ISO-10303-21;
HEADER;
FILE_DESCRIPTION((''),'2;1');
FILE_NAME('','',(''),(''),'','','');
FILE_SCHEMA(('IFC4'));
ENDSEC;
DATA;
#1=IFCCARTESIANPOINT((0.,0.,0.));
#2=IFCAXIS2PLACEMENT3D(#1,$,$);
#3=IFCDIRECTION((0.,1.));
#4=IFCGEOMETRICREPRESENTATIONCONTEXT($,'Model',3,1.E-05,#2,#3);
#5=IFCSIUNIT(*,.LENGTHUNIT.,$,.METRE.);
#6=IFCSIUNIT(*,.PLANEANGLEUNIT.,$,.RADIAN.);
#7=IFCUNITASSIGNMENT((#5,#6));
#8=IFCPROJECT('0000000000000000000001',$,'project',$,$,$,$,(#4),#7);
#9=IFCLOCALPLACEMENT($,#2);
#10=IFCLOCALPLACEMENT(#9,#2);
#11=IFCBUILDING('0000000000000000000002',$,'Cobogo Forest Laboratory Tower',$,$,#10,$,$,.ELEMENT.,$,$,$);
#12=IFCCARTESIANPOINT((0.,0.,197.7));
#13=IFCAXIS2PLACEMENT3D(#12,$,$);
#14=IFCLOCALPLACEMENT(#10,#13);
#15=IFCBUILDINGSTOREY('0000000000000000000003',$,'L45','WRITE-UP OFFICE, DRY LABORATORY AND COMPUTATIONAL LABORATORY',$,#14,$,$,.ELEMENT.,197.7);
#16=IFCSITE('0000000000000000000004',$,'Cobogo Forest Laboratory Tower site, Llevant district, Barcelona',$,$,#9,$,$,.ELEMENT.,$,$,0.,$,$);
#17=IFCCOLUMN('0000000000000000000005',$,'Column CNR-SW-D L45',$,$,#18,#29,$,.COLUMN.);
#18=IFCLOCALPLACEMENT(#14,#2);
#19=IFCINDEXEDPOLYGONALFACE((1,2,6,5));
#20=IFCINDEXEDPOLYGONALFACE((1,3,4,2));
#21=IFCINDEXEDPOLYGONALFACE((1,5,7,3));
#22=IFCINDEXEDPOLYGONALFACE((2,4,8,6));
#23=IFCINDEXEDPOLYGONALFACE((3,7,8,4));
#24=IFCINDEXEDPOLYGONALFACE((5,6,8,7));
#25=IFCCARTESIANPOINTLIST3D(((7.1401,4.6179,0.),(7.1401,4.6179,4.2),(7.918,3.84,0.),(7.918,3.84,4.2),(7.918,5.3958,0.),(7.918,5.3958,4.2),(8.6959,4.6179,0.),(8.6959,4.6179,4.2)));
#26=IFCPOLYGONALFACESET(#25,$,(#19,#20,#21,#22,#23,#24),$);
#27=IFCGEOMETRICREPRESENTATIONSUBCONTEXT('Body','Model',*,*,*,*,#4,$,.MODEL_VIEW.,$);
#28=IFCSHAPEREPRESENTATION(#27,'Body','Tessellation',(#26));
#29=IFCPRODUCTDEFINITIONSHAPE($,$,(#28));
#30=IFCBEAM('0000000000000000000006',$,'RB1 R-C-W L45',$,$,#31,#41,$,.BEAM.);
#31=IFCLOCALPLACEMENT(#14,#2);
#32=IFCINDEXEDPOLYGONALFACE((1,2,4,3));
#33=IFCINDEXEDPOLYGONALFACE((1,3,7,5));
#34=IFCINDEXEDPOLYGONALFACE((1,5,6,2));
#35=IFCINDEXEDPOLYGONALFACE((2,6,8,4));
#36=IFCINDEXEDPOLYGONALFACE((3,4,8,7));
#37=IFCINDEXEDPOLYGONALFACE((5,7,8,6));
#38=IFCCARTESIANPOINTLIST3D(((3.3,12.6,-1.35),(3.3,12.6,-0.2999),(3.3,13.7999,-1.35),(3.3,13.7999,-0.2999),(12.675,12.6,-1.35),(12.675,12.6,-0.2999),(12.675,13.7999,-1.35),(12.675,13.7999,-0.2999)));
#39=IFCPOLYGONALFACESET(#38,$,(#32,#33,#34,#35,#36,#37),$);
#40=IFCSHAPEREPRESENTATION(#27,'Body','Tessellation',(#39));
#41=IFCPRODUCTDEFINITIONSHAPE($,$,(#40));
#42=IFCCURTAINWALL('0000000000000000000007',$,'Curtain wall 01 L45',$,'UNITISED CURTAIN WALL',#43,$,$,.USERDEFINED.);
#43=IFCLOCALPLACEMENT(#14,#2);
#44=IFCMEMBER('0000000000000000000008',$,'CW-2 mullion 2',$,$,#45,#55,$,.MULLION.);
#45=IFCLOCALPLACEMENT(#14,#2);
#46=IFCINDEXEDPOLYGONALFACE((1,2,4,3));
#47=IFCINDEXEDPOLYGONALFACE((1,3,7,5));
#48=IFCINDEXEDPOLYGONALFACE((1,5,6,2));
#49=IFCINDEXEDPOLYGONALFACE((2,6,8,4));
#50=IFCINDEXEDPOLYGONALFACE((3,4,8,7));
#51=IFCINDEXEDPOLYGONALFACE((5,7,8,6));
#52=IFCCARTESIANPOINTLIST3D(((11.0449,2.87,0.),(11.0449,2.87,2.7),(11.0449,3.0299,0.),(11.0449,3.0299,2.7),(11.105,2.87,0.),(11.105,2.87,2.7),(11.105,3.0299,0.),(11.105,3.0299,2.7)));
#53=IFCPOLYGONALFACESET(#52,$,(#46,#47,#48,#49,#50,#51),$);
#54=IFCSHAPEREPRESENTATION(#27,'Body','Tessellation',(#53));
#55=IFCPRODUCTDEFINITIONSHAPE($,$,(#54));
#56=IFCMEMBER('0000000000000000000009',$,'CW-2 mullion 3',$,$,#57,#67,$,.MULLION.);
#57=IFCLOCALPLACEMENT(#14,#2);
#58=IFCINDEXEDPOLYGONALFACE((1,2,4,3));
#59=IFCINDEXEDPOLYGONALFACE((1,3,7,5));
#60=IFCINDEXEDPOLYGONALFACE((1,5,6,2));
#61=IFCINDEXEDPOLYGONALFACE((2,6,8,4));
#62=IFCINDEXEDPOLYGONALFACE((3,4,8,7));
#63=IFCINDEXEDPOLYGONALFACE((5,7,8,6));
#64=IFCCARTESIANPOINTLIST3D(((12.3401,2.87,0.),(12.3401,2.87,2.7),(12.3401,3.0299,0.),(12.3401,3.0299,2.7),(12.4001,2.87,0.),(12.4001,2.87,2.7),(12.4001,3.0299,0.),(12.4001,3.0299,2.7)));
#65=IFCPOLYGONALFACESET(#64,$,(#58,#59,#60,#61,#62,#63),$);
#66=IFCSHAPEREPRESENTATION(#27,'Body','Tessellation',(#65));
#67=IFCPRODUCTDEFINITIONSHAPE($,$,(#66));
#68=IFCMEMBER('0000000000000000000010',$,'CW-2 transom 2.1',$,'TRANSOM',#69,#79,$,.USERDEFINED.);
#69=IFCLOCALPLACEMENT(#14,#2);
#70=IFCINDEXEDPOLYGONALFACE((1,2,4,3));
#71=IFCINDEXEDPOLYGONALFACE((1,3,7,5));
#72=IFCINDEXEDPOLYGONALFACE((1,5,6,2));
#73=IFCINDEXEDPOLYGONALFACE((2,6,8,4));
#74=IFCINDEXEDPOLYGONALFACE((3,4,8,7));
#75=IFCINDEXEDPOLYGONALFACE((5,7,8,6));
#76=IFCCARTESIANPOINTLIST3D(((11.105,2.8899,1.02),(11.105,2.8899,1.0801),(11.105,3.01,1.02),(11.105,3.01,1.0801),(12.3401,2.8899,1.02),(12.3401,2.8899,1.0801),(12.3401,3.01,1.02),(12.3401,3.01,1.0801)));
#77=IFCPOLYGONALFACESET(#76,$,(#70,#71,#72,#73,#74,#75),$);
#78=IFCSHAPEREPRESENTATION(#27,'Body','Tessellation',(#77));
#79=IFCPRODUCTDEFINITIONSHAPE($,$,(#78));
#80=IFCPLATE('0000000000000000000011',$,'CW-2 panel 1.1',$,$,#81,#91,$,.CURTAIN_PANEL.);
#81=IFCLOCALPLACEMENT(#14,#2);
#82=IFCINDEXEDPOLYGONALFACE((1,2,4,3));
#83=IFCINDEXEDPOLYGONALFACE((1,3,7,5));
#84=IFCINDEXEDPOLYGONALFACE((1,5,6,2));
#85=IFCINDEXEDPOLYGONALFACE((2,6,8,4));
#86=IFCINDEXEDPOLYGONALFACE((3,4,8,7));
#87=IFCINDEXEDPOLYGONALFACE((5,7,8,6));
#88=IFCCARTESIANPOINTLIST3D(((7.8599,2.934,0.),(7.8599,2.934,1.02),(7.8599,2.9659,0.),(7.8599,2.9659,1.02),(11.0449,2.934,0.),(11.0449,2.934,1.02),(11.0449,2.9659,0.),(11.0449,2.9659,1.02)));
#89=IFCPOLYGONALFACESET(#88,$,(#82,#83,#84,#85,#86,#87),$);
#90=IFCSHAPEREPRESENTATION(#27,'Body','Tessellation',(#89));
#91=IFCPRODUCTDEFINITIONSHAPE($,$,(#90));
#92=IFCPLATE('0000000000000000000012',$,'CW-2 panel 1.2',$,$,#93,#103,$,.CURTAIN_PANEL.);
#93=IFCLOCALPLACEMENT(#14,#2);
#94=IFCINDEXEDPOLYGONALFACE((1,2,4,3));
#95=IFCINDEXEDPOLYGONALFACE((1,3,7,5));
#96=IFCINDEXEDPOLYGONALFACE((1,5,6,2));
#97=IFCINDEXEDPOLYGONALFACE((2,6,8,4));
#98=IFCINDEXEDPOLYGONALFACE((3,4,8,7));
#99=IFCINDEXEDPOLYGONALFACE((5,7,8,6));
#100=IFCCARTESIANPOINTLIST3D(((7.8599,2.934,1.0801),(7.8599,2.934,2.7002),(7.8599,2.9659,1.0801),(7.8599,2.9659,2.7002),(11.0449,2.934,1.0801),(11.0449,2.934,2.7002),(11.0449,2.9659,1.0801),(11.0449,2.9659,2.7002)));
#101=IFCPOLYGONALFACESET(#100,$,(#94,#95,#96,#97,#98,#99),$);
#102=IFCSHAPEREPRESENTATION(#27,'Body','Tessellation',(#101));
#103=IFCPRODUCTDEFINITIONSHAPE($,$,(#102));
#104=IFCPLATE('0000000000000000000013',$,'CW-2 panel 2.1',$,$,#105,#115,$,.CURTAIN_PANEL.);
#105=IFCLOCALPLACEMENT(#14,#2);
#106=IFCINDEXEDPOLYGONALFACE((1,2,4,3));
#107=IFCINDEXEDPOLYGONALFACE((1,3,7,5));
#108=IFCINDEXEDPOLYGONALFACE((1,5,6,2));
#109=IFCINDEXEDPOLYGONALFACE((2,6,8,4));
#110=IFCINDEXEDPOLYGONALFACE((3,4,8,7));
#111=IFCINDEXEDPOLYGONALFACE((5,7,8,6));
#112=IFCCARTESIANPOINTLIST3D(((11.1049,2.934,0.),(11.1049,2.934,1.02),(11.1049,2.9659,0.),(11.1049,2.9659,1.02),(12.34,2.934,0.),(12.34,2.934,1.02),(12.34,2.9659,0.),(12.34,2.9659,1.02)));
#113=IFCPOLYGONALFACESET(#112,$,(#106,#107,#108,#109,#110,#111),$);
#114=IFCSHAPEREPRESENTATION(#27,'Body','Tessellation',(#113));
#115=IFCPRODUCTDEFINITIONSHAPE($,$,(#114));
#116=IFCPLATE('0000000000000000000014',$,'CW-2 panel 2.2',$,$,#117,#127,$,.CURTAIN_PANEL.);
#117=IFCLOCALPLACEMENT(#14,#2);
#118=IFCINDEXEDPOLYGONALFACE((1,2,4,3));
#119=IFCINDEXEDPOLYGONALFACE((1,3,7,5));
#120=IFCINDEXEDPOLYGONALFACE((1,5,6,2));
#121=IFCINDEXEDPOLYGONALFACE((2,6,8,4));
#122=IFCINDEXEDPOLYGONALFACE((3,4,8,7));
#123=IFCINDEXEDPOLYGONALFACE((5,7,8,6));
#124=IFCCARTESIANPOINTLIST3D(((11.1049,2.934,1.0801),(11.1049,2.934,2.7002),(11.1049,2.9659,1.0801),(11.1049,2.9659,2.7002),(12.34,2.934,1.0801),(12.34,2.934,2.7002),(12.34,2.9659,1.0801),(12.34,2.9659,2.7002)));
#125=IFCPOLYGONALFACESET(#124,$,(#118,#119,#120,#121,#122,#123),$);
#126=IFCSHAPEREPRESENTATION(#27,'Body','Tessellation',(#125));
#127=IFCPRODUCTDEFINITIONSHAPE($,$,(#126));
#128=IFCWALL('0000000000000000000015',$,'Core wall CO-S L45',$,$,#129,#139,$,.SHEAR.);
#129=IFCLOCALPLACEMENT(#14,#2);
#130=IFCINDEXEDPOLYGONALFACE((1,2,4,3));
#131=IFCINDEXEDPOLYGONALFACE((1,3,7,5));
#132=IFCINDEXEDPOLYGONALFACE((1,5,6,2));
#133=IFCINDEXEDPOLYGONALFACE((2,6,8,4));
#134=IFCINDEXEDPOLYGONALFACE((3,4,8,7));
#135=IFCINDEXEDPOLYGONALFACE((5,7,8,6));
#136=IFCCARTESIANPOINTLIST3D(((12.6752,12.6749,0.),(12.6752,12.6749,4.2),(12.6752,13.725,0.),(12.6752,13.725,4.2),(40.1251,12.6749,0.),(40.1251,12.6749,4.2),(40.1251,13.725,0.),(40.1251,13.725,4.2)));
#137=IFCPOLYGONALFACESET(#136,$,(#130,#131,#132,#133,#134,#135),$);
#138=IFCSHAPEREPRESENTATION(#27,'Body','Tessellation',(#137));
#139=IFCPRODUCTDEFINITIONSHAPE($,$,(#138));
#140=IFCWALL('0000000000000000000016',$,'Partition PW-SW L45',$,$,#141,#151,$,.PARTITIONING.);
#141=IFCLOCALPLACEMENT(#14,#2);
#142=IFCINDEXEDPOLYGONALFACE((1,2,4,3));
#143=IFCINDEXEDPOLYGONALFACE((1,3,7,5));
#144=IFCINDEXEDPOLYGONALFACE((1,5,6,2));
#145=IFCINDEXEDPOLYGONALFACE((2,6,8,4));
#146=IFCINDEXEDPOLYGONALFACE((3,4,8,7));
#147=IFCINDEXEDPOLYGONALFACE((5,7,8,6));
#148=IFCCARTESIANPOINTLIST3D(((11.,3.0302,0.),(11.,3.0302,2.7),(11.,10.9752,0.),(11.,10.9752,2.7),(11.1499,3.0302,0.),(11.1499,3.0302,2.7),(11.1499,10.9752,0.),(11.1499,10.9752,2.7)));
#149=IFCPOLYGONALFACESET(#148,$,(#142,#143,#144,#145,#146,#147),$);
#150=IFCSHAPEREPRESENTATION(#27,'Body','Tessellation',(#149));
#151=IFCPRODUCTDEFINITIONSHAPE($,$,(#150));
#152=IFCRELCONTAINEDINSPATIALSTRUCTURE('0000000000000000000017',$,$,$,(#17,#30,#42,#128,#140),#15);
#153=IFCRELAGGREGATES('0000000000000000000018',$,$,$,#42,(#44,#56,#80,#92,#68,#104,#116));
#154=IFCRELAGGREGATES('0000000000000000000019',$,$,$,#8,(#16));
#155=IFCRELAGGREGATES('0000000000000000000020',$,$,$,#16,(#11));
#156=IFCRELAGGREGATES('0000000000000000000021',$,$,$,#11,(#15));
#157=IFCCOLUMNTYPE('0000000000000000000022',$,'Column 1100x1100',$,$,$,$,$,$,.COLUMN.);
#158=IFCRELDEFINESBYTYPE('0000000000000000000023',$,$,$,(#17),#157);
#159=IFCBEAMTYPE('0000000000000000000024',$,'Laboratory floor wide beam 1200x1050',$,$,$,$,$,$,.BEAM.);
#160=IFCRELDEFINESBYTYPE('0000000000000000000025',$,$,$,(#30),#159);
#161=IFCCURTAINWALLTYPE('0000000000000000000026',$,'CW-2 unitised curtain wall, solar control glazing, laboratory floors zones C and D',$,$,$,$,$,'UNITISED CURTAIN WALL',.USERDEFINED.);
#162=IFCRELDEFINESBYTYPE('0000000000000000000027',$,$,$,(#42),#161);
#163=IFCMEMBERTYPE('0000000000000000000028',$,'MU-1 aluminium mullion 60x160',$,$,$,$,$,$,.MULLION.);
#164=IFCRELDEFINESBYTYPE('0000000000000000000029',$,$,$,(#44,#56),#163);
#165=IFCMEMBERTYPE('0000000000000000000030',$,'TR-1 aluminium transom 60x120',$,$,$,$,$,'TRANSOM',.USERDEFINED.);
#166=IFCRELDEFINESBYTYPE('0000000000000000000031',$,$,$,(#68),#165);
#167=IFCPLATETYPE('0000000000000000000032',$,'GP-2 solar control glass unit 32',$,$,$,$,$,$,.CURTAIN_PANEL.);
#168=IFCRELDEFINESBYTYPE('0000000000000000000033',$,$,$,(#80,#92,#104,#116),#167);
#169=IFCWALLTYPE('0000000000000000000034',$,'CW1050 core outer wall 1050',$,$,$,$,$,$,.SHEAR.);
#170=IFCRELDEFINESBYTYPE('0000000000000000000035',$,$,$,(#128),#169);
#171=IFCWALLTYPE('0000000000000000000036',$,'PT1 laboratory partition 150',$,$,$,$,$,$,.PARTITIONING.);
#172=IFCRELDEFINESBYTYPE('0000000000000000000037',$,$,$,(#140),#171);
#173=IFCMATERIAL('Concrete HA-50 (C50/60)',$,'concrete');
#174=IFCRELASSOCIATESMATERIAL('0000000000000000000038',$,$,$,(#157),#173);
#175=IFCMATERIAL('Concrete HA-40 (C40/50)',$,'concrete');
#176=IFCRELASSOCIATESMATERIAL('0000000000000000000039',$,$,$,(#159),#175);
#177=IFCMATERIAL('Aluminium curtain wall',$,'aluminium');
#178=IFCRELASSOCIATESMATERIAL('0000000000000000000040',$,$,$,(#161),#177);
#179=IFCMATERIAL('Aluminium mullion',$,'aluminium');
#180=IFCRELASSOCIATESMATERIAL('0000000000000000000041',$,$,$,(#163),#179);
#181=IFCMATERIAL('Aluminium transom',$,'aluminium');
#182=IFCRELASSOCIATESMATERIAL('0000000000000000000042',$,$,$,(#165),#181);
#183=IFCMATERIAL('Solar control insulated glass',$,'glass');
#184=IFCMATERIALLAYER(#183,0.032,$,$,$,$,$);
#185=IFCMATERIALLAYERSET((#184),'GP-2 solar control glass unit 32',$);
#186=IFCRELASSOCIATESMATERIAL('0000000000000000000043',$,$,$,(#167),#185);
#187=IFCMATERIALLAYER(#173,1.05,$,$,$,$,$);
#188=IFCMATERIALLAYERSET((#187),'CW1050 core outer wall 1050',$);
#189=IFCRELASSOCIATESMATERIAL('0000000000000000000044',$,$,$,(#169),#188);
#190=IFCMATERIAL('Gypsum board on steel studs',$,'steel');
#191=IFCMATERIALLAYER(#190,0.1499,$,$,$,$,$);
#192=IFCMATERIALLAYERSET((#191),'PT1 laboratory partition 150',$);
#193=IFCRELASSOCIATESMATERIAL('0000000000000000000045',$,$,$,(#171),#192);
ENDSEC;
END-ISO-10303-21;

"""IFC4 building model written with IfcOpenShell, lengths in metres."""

from ifc_helpers import new_model, si_unit, direction, frame, frame_2d, origin, origin_2d, place, context, subcontext, project, spatial, rectangle, extrude, material, layer, layer_set, material_profile, profile_set, type_object, element, aggregate, save


model = new_model("IFC4")

# Units and contexts
model_context = context("Model", 3, precision=1e-05, world=origin(), true_north=direction((0.0, 1.0)))
body_context = subcontext(model_context, "Body", "Model", "MODEL_VIEW")
ifc_project = project(units=[si_unit("LENGTHUNIT", "METRE"), si_unit("PLANEANGLEUNIT", "RADIAN")], contexts=[model_context])

# Site, building, storey
site_placement = place(None, origin())
site = spatial("IfcSite", under=ifc_project, at=site_placement, Name="Cobogo Forest Laboratory Tower site, Llevant district, Barcelona", CompositionType="ELEMENT", RefElevation=0.0)
building_placement = place(site_placement, origin())
building = spatial("IfcBuilding", under=site, at=building_placement, Name="Cobogo Forest Laboratory Tower", CompositionType="ELEMENT")
storey_placement = place(building_placement, frame((0.0, 0.0, 197.7)))
storey = spatial("IfcBuildingStorey", under=building, at=storey_placement, Name="L45", Description="WRITE-UP OFFICE, DRY LABORATORY AND COMPUTATIONAL LABORATORY", CompositionType="ELEMENT", Elevation=197.7)

# Column
ifc_material_1 = material(Name="Concrete HA-50 (C50/60)", Category="concrete")
ifc_material_profile_1 = material_profile(ifc_material_1, rectangle(XDim=1.1001, YDim=1.1001, at=origin_2d()), Name="RC 1100x1100")
ifc_profile_set_1 = profile_set([ifc_material_profile_1], Name="Concrete HA-50 (C50/60)")
column_type = type_object("IfcColumnType", Name="Column 1100x1100", PredefinedType="COLUMN", material=ifc_profile_set_1)
column_placement = place(storey_placement, frame((7.918, 4.6179, 0.0), z_axis=(0.0, 0.0, 1.0), x_axis=(0.707107, 0.707107, 0.0)))
element("IfcColumn", 1, at=column_placement, inside=storey, type_object=column_type, Name="Column CNR-SW-D L45", PredefinedType="COLUMN", context=body_context, shape_type="SweptSolid", body=[
    extrude(rectangle(XDim=1.1001, YDim=1.1001, at=origin_2d()), origin(), (0.0, 0.0, 1.0), 4.2),
])

# Beam
ifc_material_2 = material(Name="Concrete HA-40 (C40/50)", Category="concrete")
ifc_material_profile_2 = material_profile(ifc_material_2, rectangle(XDim=1.2, YDim=1.05, at=origin_2d()), Name="RC 1200x1050")
ifc_profile_set_2 = profile_set([ifc_material_profile_2], Name="Concrete HA-40 (C40/50)")
beam_type = type_object("IfcBeamType", Name="Laboratory floor wide beam 1200x1050", PredefinedType="BEAM", material=ifc_profile_set_2)
beam_placement = place(storey_placement, frame((12.675, 13.2, -0.825), z_axis=(-1.0, 0.0, 0.0), x_axis=(0.0, -1.0, 0.0)))
element("IfcBeam", 2, at=beam_placement, inside=storey, type_object=beam_type, Name="RB1 R-C-W L45", PredefinedType="BEAM", context=body_context, shape_type="SweptSolid", body=[
    extrude(rectangle(XDim=1.2, YDim=1.05, at=origin_2d()), origin(), (0.0, 0.0, 1.0), 9.375),
])

# Curtain wall, members, plates
ifc_material_3 = material(Name="Aluminium curtain wall", Category="aluminium")
curtain_wall_type = type_object("IfcCurtainWallType", Name="CW-2 unitised curtain wall, solar control glazing, laboratory floors zones C and D", ElementType="UNITISED CURTAIN WALL", PredefinedType="USERDEFINED", material=ifc_material_3)
curtain_wall_placement = place(storey_placement, origin())
curtain_wall = element("IfcCurtainWall", 3, at=curtain_wall_placement, inside=storey, type_object=curtain_wall_type, Name="Curtain wall 01 L45", ObjectType="UNITISED CURTAIN WALL", PredefinedType="USERDEFINED")
ifc_material_4 = material(Name="Aluminium mullion", Category="aluminium")
ifc_material_profile_3 = material_profile(ifc_material_4, rectangle(XDim=0.0601, YDim=0.1599, at=origin_2d()), Name="AL 60x160")
ifc_profile_set_3 = profile_set([ifc_material_profile_3], Name="Aluminium mullion")
member_type_1 = type_object("IfcMemberType", Name="MU-1 aluminium mullion 60x160", PredefinedType="MULLION", material=ifc_profile_set_3)
member_1_placement = place(storey_placement, frame((11.075, 2.95, 0.0), z_axis=(0.0, 0.0, 1.0), x_axis=(1.0, 0.0, 0.0)))
member_1 = element("IfcMember", 4, at=member_1_placement, type_object=member_type_1, Name="CW-2 mullion 2", PredefinedType="MULLION", context=body_context, shape_type="SweptSolid", body=[
    extrude(rectangle(XDim=0.0601, YDim=0.1599, at=origin_2d()), origin(), (0.0, 0.0, 1.0), 2.7),
])
member_2_placement = place(storey_placement, frame((12.3701, 2.95, 0.0), z_axis=(0.0, 0.0, 1.0), x_axis=(1.0, 0.0, 0.0)))
member_2 = element("IfcMember", 5, at=member_2_placement, type_object=member_type_1, Name="CW-2 mullion 3", PredefinedType="MULLION", context=body_context, shape_type="SweptSolid", body=[
    extrude(rectangle(XDim=0.0601, YDim=0.1599, at=origin_2d()), origin(), (0.0, 0.0, 1.0), 2.7),
])
ifc_material_5 = material(Name="Aluminium transom", Category="aluminium")
ifc_material_profile_4 = material_profile(ifc_material_5, rectangle(XDim=0.1201, YDim=0.0601, at=origin_2d()), Name="AL 60x120")
ifc_profile_set_4 = profile_set([ifc_material_profile_4], Name="Aluminium transom")
member_type_2 = type_object("IfcMemberType", Name="TR-1 aluminium transom 60x120", ElementType="TRANSOM", PredefinedType="USERDEFINED", material=ifc_profile_set_4)
member_3_placement = place(storey_placement, frame((11.105, 2.95, 1.05), z_axis=(1.0, 0.0, 0.0), x_axis=(0.0, 1.0, 0.0)))
member_3 = element("IfcMember", 6, at=member_3_placement, type_object=member_type_2, Name="CW-2 transom 2.1", ObjectType="TRANSOM", PredefinedType="USERDEFINED", context=body_context, shape_type="SweptSolid", body=[
    extrude(rectangle(XDim=0.1201, YDim=0.0601, at=origin_2d()), origin(), (0.0, 0.0, 1.0), 1.2351),
])
ifc_material_6 = material(Name="Solar control insulated glass", Category="glass")
ifc_layer_1 = layer(ifc_material_6, 0.032)
ifc_layer_set_1 = layer_set([ifc_layer_1], Name="GP-2 solar control glass unit 32")
plate_type = type_object("IfcPlateType", Name="GP-2 solar control glass unit 32", PredefinedType="CURTAIN_PANEL", material=ifc_layer_set_1)
plate_1_placement = place(storey_placement, frame((9.4524, 2.95, 0.0), z_axis=(0.0, 0.0, 1.0), x_axis=(1.0, 0.0, 0.0)))
plate_1 = element("IfcPlate", 7, at=plate_1_placement, type_object=plate_type, Name="CW-2 panel 1.1", PredefinedType="CURTAIN_PANEL", context=body_context, shape_type="SweptSolid", body=[
    extrude(rectangle(XDim=3.1851, YDim=0.032, at=origin_2d()), origin(), (0.0, 0.0, 1.0), 1.02),
])
plate_2_placement = place(storey_placement, frame((9.4524, 2.95, 1.0801), z_axis=(0.0, 0.0, 1.0), x_axis=(1.0, 0.0, 0.0)))
plate_2 = element("IfcPlate", 8, at=plate_2_placement, type_object=plate_type, Name="CW-2 panel 1.2", PredefinedType="CURTAIN_PANEL", context=body_context, shape_type="SweptSolid", body=[
    extrude(rectangle(XDim=3.1851, YDim=0.032, at=origin_2d()), origin(), (0.0, 0.0, 1.0), 1.6201),
])
plate_3_placement = place(storey_placement, frame((11.7224, 2.95, 0.0), z_axis=(0.0, 0.0, 1.0), x_axis=(1.0, 0.0, 0.0)))
plate_3 = element("IfcPlate", 9, at=plate_3_placement, type_object=plate_type, Name="CW-2 panel 2.1", PredefinedType="CURTAIN_PANEL", context=body_context, shape_type="SweptSolid", body=[
    extrude(rectangle(XDim=1.2351, YDim=0.032, at=origin_2d()), origin(), (0.0, 0.0, 1.0), 1.02),
])
plate_4_placement = place(storey_placement, frame((11.7224, 2.95, 1.0801), z_axis=(0.0, 0.0, 1.0), x_axis=(1.0, 0.0, 0.0)))
plate_4 = element("IfcPlate", 10, at=plate_4_placement, type_object=plate_type, Name="CW-2 panel 2.2", PredefinedType="CURTAIN_PANEL", context=body_context, shape_type="SweptSolid", body=[
    extrude(rectangle(XDim=1.2351, YDim=0.032, at=origin_2d()), origin(), (0.0, 0.0, 1.0), 1.6201),
])
aggregate(curtain_wall, [member_1, member_2, plate_1, plate_2, member_3, plate_3, plate_4])

# Walls
ifc_layer_2 = layer(ifc_material_1, 1.05)
ifc_layer_set_2 = layer_set([ifc_layer_2], Name="CW1050 core outer wall 1050")
wall_type_1 = type_object("IfcWallType", Name="CW1050 core outer wall 1050", PredefinedType="SHEAR", material=ifc_layer_set_2)
wall_1_placement = place(storey_placement, frame((12.675, 13.2, 0.0), z_axis=(0.0, 0.0, 1.0), x_axis=(1.0, 0.0, 0.0)))
element("IfcWall", 11, at=wall_1_placement, inside=storey, type_object=wall_type_1, Name="Core wall CO-S L45", PredefinedType="SHEAR", context=body_context, shape_type="SweptSolid", body=[
    extrude(rectangle(XDim=27.45, YDim=1.05, at=frame_2d((13.7251, 0.0))), origin(), (0.0, 0.0, 1.0), 4.2),
])
ifc_material_7 = material(Name="Gypsum board on steel studs", Category="steel")
ifc_layer_3 = layer(ifc_material_7, 0.1499)
ifc_layer_set_3 = layer_set([ifc_layer_3], Name="PT1 laboratory partition 150")
wall_type_2 = type_object("IfcWallType", Name="PT1 laboratory partition 150", PredefinedType="PARTITIONING", material=ifc_layer_set_3)
wall_2_placement = place(storey_placement, frame((11.075, 3.03, 0.0), z_axis=(0.0, 0.0, 1.0), x_axis=(0.0, 1.0, 0.0)))
element("IfcWall", 12, at=wall_2_placement, inside=storey, type_object=wall_type_2, Name="Partition PW-SW L45", PredefinedType="PARTITIONING", context=body_context, shape_type="SweptSolid", body=[
    extrude(rectangle(XDim=7.9451, YDim=0.1499, at=frame_2d((3.9727, 0.0))), origin(), (0.0, 0.0, 1.0), 2.7),
])

save(model, "model.ifc")
